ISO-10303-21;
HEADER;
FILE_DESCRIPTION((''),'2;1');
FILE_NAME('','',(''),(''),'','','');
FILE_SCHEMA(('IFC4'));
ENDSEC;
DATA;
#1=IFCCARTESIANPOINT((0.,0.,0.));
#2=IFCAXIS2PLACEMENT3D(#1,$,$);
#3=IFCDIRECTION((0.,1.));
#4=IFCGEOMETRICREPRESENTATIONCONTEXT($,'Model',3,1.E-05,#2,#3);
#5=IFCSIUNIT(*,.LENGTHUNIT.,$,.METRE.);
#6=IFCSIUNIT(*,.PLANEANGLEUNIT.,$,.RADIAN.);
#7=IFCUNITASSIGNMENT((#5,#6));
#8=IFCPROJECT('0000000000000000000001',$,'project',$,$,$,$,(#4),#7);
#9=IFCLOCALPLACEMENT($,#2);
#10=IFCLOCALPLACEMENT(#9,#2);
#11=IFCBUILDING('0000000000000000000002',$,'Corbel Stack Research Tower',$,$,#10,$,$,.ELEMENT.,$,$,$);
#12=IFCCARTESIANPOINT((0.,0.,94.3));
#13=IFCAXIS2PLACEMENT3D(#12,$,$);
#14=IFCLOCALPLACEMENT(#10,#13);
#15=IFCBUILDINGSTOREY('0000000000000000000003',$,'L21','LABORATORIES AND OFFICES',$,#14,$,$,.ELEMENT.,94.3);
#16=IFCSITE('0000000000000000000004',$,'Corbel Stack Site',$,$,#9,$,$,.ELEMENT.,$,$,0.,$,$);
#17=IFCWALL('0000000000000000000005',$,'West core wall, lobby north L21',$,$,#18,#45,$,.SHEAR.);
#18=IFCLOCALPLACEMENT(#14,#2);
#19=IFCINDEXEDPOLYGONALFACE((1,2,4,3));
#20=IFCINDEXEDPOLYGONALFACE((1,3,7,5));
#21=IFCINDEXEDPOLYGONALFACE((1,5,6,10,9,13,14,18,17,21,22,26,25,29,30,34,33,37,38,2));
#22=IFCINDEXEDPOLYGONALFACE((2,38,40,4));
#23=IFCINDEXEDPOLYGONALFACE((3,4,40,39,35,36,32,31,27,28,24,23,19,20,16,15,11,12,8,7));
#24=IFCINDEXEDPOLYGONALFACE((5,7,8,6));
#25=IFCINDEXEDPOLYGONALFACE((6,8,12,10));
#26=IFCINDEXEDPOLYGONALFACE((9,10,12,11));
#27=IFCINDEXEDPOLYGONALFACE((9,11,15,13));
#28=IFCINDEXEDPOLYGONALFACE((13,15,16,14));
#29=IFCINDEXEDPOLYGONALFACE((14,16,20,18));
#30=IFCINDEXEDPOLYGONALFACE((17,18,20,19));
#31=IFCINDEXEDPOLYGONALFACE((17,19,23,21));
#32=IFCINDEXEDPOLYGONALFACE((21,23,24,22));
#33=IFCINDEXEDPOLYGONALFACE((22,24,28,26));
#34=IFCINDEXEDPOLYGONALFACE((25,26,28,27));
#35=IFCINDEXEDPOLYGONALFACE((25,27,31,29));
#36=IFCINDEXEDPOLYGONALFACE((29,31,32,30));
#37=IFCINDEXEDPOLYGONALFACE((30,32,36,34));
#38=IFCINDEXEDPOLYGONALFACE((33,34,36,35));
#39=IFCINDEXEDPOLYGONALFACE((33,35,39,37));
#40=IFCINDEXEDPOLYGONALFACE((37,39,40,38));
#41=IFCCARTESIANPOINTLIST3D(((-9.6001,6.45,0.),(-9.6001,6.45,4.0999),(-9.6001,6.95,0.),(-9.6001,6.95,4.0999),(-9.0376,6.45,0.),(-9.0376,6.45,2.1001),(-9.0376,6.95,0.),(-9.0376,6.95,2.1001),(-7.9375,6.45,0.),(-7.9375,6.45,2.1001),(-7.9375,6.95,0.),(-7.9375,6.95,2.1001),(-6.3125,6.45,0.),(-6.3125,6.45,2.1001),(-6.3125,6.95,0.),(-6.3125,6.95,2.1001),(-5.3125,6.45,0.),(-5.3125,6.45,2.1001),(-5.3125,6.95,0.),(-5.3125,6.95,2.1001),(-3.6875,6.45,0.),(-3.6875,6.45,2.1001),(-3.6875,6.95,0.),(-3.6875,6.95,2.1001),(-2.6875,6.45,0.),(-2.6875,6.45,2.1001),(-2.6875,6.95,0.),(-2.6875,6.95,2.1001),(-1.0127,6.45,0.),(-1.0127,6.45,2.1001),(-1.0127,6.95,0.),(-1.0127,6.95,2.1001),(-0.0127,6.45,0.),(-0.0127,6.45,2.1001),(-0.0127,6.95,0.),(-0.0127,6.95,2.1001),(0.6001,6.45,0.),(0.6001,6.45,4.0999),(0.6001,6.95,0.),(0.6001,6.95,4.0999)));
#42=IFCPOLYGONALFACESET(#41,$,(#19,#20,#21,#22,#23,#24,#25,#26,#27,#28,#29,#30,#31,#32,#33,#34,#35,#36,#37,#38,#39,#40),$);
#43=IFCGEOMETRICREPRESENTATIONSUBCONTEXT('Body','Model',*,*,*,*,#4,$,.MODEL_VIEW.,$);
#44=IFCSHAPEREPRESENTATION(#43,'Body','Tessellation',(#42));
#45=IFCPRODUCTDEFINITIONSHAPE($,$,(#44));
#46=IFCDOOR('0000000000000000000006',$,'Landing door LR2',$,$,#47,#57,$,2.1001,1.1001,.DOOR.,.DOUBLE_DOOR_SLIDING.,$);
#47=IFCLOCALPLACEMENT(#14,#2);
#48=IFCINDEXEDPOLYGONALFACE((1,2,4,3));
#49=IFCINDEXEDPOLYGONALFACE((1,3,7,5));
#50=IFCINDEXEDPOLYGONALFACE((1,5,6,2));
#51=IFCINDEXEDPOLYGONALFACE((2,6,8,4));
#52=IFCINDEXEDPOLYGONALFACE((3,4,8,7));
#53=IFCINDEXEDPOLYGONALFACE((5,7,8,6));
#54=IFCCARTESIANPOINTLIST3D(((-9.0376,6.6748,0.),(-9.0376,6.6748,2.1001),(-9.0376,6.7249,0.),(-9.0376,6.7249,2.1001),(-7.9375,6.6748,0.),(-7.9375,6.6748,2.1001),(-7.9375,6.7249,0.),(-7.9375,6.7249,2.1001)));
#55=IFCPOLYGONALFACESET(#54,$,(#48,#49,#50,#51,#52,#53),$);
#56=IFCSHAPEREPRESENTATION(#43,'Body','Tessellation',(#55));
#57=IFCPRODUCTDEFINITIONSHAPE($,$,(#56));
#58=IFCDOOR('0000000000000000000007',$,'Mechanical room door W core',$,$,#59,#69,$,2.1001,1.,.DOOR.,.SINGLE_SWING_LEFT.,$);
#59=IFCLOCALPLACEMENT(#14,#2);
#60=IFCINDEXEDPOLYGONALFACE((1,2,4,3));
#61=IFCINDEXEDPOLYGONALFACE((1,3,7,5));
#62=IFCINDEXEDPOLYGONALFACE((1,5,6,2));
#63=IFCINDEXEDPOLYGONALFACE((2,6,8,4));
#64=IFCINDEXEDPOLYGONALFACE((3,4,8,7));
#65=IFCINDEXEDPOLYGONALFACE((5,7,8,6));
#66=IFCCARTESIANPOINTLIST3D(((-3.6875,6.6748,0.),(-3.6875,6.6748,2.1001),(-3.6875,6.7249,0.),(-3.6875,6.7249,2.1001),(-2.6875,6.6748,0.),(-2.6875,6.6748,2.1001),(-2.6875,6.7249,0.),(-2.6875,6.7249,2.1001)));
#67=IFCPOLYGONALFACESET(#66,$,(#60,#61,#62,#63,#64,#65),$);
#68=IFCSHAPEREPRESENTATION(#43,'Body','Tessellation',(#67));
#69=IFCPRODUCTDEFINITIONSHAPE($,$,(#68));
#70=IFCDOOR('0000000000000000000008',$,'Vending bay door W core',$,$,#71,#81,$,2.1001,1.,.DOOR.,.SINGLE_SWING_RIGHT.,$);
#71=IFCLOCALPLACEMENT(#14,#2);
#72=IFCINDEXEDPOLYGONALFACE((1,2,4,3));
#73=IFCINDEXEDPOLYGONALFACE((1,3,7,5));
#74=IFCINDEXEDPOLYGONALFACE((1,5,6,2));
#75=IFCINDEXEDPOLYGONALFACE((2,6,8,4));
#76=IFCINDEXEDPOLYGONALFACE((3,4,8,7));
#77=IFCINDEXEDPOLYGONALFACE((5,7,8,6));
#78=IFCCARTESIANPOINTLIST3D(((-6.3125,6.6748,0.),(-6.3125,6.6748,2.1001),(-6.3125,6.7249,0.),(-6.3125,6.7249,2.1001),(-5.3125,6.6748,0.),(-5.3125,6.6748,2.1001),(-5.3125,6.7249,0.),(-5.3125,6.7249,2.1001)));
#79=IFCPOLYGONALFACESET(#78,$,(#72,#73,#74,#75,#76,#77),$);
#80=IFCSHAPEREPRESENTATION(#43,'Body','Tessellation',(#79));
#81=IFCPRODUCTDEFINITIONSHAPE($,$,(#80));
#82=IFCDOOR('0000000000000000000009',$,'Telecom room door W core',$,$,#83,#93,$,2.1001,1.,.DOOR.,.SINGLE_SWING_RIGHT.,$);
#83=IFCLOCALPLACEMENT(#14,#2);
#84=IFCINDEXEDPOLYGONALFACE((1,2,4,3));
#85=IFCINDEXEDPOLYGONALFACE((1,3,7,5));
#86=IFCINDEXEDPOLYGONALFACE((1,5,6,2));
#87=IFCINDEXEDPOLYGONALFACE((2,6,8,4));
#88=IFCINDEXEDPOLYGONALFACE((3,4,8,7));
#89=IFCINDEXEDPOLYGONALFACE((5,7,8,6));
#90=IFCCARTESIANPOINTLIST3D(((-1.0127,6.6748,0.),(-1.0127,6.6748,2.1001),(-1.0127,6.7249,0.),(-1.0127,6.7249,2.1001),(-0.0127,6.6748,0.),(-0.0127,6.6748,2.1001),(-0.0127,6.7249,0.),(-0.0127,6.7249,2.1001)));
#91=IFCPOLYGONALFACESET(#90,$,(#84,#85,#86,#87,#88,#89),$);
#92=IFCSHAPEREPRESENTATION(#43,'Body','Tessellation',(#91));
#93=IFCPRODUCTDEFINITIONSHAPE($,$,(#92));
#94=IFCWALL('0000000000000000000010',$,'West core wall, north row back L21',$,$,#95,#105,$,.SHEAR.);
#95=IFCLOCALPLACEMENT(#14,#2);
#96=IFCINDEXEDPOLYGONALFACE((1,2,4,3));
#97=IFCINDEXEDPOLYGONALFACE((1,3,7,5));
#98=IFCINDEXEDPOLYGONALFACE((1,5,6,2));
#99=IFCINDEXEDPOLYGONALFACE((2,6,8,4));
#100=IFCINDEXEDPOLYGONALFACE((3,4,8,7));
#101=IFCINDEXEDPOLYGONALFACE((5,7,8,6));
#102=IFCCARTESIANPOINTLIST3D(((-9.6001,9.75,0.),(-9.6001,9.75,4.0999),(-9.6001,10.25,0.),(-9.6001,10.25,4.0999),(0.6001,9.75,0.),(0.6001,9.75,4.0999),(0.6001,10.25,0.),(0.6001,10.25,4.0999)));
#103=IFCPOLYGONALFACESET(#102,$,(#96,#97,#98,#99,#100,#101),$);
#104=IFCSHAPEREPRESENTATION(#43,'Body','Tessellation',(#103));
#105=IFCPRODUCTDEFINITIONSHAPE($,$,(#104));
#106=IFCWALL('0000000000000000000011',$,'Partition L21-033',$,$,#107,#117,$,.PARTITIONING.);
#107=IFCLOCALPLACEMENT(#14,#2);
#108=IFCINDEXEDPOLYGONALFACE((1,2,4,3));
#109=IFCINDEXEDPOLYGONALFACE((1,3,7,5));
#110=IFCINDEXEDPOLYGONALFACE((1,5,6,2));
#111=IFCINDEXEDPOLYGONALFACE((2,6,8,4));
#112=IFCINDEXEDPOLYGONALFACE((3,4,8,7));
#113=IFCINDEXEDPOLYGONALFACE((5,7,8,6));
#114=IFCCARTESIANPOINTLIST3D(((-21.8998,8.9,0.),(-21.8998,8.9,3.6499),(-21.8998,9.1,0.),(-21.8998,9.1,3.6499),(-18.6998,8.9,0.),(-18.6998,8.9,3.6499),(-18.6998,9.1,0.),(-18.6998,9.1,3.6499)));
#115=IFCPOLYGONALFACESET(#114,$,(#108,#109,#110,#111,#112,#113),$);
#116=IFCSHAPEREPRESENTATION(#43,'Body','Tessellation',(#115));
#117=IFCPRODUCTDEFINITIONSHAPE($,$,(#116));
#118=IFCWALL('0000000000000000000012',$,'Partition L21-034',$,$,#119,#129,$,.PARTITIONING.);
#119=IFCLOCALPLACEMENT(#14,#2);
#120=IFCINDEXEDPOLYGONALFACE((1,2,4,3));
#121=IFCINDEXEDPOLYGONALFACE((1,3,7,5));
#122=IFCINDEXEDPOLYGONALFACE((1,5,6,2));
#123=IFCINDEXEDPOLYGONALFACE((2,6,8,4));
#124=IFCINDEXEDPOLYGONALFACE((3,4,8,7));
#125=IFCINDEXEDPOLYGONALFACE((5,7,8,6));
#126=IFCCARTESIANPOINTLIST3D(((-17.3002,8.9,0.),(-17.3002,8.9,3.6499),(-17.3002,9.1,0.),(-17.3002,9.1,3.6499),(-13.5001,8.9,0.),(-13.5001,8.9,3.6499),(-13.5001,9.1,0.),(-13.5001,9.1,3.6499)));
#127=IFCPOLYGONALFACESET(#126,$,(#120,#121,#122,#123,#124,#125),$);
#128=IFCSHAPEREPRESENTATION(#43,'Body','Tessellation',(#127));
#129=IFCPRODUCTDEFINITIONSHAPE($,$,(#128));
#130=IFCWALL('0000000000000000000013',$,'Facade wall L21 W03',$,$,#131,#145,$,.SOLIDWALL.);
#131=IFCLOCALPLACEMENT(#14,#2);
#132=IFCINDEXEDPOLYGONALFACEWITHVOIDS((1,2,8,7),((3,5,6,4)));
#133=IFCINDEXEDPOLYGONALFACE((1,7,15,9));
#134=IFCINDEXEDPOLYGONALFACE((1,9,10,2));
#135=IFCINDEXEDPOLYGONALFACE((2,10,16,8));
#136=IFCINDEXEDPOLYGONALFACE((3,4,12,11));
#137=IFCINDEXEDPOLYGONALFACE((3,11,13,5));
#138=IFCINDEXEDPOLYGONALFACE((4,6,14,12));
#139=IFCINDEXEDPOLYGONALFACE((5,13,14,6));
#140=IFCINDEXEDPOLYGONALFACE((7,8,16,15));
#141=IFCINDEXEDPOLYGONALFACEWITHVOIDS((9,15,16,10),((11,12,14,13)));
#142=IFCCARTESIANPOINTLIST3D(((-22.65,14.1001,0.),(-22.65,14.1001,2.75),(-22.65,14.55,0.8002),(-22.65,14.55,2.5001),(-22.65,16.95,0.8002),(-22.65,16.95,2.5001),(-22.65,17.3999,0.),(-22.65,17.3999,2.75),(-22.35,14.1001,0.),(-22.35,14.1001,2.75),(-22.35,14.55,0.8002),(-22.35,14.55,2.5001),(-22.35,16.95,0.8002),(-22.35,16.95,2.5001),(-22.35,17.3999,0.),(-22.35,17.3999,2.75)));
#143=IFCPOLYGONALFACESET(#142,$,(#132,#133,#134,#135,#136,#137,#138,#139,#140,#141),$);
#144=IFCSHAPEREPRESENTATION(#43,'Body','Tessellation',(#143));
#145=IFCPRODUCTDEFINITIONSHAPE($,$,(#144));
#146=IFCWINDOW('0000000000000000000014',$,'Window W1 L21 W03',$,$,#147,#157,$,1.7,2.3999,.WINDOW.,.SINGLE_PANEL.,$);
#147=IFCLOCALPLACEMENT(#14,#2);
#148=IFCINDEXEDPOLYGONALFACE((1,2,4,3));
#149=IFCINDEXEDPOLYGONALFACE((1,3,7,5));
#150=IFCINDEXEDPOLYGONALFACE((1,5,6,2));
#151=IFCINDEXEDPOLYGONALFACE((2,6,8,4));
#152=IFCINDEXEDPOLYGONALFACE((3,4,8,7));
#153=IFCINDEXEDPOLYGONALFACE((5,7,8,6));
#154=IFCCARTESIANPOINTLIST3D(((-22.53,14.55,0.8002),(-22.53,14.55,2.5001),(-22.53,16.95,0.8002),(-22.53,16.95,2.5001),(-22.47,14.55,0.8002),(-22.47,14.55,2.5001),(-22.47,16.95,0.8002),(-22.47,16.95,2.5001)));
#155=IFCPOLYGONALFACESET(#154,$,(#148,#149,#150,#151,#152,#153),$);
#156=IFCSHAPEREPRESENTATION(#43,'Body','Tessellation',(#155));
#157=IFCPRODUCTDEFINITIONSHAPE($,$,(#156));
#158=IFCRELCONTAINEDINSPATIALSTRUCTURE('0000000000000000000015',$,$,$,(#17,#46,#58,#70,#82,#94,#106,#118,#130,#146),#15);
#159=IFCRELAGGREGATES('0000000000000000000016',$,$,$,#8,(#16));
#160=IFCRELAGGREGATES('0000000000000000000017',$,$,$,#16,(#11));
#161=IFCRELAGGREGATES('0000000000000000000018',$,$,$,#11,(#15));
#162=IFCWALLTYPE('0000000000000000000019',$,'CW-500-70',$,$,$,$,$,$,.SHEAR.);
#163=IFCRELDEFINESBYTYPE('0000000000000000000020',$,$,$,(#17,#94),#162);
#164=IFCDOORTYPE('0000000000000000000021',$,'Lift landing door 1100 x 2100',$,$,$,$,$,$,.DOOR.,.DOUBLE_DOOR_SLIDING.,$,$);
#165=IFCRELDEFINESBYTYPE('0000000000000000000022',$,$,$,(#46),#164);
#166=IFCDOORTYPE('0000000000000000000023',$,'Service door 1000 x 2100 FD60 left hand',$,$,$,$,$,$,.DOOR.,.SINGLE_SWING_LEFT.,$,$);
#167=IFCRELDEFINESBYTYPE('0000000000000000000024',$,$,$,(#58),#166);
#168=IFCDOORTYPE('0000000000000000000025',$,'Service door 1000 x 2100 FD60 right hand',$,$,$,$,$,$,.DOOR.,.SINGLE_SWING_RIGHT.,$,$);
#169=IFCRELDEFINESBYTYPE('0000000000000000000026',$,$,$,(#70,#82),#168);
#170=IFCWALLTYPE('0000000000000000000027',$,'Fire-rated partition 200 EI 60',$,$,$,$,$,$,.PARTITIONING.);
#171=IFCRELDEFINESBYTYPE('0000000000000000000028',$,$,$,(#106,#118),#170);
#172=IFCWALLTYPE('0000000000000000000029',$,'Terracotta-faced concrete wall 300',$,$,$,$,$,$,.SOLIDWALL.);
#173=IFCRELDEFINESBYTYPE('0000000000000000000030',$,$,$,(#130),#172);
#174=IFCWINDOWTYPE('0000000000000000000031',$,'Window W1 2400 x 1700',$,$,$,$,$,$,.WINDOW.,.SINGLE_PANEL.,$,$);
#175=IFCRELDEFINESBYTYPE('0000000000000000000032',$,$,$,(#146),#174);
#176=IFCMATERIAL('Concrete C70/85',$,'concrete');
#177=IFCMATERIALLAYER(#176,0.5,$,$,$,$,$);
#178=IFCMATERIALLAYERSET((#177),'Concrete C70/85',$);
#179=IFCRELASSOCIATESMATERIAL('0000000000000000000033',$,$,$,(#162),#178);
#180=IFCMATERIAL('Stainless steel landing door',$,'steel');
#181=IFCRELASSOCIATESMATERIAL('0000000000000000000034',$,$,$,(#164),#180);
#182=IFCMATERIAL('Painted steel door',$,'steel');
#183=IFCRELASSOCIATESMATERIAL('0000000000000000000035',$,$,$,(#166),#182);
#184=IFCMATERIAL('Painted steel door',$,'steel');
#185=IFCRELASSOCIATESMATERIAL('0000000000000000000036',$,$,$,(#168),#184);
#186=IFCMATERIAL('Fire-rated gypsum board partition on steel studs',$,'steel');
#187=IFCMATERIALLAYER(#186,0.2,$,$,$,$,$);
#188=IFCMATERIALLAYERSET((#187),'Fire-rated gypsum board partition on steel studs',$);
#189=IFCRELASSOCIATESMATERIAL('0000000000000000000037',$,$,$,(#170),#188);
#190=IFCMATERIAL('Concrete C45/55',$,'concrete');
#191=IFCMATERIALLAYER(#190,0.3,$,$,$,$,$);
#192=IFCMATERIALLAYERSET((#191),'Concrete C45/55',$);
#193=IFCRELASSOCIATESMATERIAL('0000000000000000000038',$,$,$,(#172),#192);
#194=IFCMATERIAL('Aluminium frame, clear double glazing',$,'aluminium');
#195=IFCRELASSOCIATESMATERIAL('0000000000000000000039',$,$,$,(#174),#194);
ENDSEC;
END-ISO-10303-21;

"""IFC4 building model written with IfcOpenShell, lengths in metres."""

from ifc_helpers import new_model, si_unit, direction, frame, frame_2d, origin, place, context, subcontext, project, spatial, rectangle, extrude, material, layer, layer_set, type_object, element, fill, save


model = new_model("IFC4")

# Units and contexts
model_context = context("Model", 3, precision=1e-05, world=origin(), true_north=direction((0.0, 1.0)))
body_context = subcontext(model_context, "Body", "Model", "MODEL_VIEW")
ifc_project = project(units=[si_unit("LENGTHUNIT", "METRE"), si_unit("PLANEANGLEUNIT", "RADIAN")], contexts=[model_context])

# Site, building, storey
site_placement = place(None, origin())
site = spatial("IfcSite", under=ifc_project, at=site_placement, Name="Corbel Stack Site", CompositionType="ELEMENT", RefElevation=0.0)
building_placement = place(site_placement, origin())
building = spatial("IfcBuilding", under=site, at=building_placement, Name="Corbel Stack Research Tower", CompositionType="ELEMENT")
storey_placement = place(building_placement, frame((0.0, 0.0, 94.3)))
storey = spatial("IfcBuildingStorey", under=building, at=storey_placement, Name="L21", Description="LABORATORIES AND OFFICES", CompositionType="ELEMENT", Elevation=94.3)

# Wall, openings, doors
ifc_material_1 = material(Name="Concrete C70/85", Category="concrete")
ifc_layer_1 = layer(ifc_material_1, 0.5)
ifc_layer_set_1 = layer_set([ifc_layer_1], Name="Concrete C70/85")
wall_type_1 = type_object("IfcWallType", Name="CW-500-70", PredefinedType="SHEAR", material=ifc_layer_set_1)
ifc_material_2 = material(Name="Stainless steel landing door", Category="steel")
door_type_1 = type_object("IfcDoorType", Name="Lift landing door 1100 x 2100", OperationType="DOUBLE_DOOR_SLIDING", PredefinedType="DOOR", material=ifc_material_2)
wall_1_placement = place(storey_placement, frame((-9.6001, 6.7, 0.0), z_axis=(0.0, 0.0, 1.0), x_axis=(1.0, 0.0, 0.0)))
wall_1 = element("IfcWall", 1, at=wall_1_placement, inside=storey, type_object=wall_type_1, Name="West core wall, lobby north L21", PredefinedType="SHEAR", context=body_context, shape_type="SweptSolid", body=[
    extrude(rectangle(XDim=10.2002, YDim=0.5, at=frame_2d((5.1001, 0.0))), origin(), (0.0, 0.0, 1.0), 4.0999),
])
opening_1_placement = place(wall_1_placement, frame((0.5625, 0.0, 0.0)))
opening_1 = element("IfcOpeningElement", 2, at=opening_1_placement, cuts=wall_1, PredefinedType="OPENING", context=body_context, shape_type="SweptSolid", body=[
    extrude(rectangle(XDim=1.1001, YDim=2.1001, at=frame_2d((0.55, 1.05))), frame((0.0, 0.26, 0.0), z_axis=(0.0, -1.0, 0.0), x_axis=(1.0, 0.0, 0.0)), (0.0, 0.0, 1.0), 0.52),
])
opening_2_placement = place(wall_1_placement, frame((3.2876, 0.0, 0.0)))
opening_2 = element("IfcOpeningElement", 3, at=opening_2_placement, cuts=wall_1, PredefinedType="OPENING", context=body_context, shape_type="SweptSolid", body=[
    extrude(rectangle(XDim=1.0, YDim=2.1001, at=frame_2d((0.5, 1.05))), frame((0.0, 0.26, 0.0), z_axis=(0.0, -1.0, 0.0), x_axis=(1.0, 0.0, 0.0)), (0.0, 0.0, 1.0), 0.52),
])
opening_3_placement = place(wall_1_placement, frame((5.9126, 0.0, 0.0)))
opening_3 = element("IfcOpeningElement", 4, at=opening_3_placement, cuts=wall_1, PredefinedType="OPENING", context=body_context, shape_type="SweptSolid", body=[
    extrude(rectangle(XDim=1.0, YDim=2.1001, at=frame_2d((0.5, 1.05))), frame((0.0, 0.26, 0.0), z_axis=(0.0, -1.0, 0.0), x_axis=(1.0, 0.0, 0.0)), (0.0, 0.0, 1.0), 0.52),
])
opening_4_placement = place(wall_1_placement, frame((8.5874, 0.0, 0.0)))
opening_4 = element("IfcOpeningElement", 5, at=opening_4_placement, cuts=wall_1, PredefinedType="OPENING", context=body_context, shape_type="SweptSolid", body=[
    extrude(rectangle(XDim=1.0, YDim=2.1001, at=frame_2d((0.5, 1.05))), frame((0.0, 0.26, 0.0), z_axis=(0.0, -1.0, 0.0), x_axis=(1.0, 0.0, 0.0)), (0.0, 0.0, 1.0), 0.52),
])
door_1_placement = place(opening_1_placement, origin())
door_1 = element("IfcDoor", 6, at=door_1_placement, inside=storey, type_object=door_type_1, Name="Landing door LR2", OperationType="DOUBLE_DOOR_SLIDING", OverallHeight=2.1001, OverallWidth=1.1001, PredefinedType="DOOR", context=body_context, shape_type="SweptSolid", body=[
    extrude(rectangle(XDim=1.1001, YDim=2.1001, at=frame_2d((0.55, 1.05))), frame((0.0, 0.0249, 0.0), z_axis=(0.0, -1.0, 0.0), x_axis=(1.0, 0.0, 0.0)), (0.0, 0.0, 1.0), 0.05),
])
fill(opening_1, door_1)
ifc_material_3 = material(Name="Painted steel door", Category="steel")
door_type_2 = type_object("IfcDoorType", Name="Service door 1000 x 2100 FD60 left hand", OperationType="SINGLE_SWING_LEFT", PredefinedType="DOOR", material=ifc_material_3)
door_2_placement = place(opening_3_placement, origin())
door_2 = element("IfcDoor", 7, at=door_2_placement, inside=storey, type_object=door_type_2, Name="Mechanical room door W core", OperationType="SINGLE_SWING_LEFT", OverallHeight=2.1001, OverallWidth=1.0, PredefinedType="DOOR", context=body_context, shape_type="SweptSolid", body=[
    extrude(rectangle(XDim=1.0, YDim=2.1001, at=frame_2d((0.5, 1.05))), frame((0.0, 0.0249, 0.0), z_axis=(0.0, -1.0, 0.0), x_axis=(1.0, 0.0, 0.0)), (0.0, 0.0, 1.0), 0.05),
])
fill(opening_3, door_2)
ifc_material_4 = material(Name="Painted steel door", Category="steel")
door_type_3 = type_object("IfcDoorType", Name="Service door 1000 x 2100 FD60 right hand", OperationType="SINGLE_SWING_RIGHT", PredefinedType="DOOR", material=ifc_material_4)
door_3_placement = place(opening_2_placement, origin())
door_3 = element("IfcDoor", 8, at=door_3_placement, inside=storey, type_object=door_type_3, Name="Vending bay door W core", OperationType="SINGLE_SWING_RIGHT", OverallHeight=2.1001, OverallWidth=1.0, PredefinedType="DOOR", context=body_context, shape_type="SweptSolid", body=[
    extrude(rectangle(XDim=1.0, YDim=2.1001, at=frame_2d((0.5, 1.05))), frame((0.0, 0.0249, 0.0), z_axis=(0.0, -1.0, 0.0), x_axis=(1.0, 0.0, 0.0)), (0.0, 0.0, 1.0), 0.05),
])
fill(opening_2, door_3)
door_4_placement = place(opening_4_placement, origin())
door_4 = element("IfcDoor", 9, at=door_4_placement, inside=storey, type_object=door_type_3, Name="Telecom room door W core", OperationType="SINGLE_SWING_RIGHT", OverallHeight=2.1001, OverallWidth=1.0, PredefinedType="DOOR", context=body_context, shape_type="SweptSolid", body=[
    extrude(rectangle(XDim=1.0, YDim=2.1001, at=frame_2d((0.5, 1.05))), frame((0.0, 0.0249, 0.0), z_axis=(0.0, -1.0, 0.0), x_axis=(1.0, 0.0, 0.0)), (0.0, 0.0, 1.0), 0.05),
])
fill(opening_4, door_4)

# Walls
wall_2_placement = place(storey_placement, frame((-9.6001, 10.0, 0.0), z_axis=(0.0, 0.0, 1.0), x_axis=(1.0, 0.0, 0.0)))
element("IfcWall", 10, at=wall_2_placement, inside=storey, type_object=wall_type_1, Name="West core wall, north row back L21", PredefinedType="SHEAR", context=body_context, shape_type="SweptSolid", body=[
    extrude(rectangle(XDim=10.2002, YDim=0.5, at=frame_2d((5.1001, 0.0))), origin(), (0.0, 0.0, 1.0), 4.0999),
])
ifc_material_5 = material(Name="Fire-rated gypsum board partition on steel studs", Category="steel")
ifc_layer_2 = layer(ifc_material_5, 0.2)
ifc_layer_set_2 = layer_set([ifc_layer_2], Name="Fire-rated gypsum board partition on steel studs")
wall_type_2 = type_object("IfcWallType", Name="Fire-rated partition 200 EI 60", PredefinedType="PARTITIONING", material=ifc_layer_set_2)
wall_3_placement = place(storey_placement, frame((-21.8999, 9.0, 0.0), z_axis=(0.0, 0.0, 1.0), x_axis=(1.0, 0.0, 0.0)))
element("IfcWall", 11, at=wall_3_placement, inside=storey, type_object=wall_type_2, Name="Partition L21-033", PredefinedType="PARTITIONING", context=body_context, shape_type="SweptSolid", body=[
    extrude(rectangle(XDim=3.2, YDim=0.2, at=frame_2d((1.6001, 0.0))), origin(), (0.0, 0.0, 1.0), 3.6499),
])
wall_4_placement = place(storey_placement, frame((-17.3, 9.0, 0.0), z_axis=(0.0, 0.0, 1.0), x_axis=(1.0, 0.0, 0.0)))
element("IfcWall", 12, at=wall_4_placement, inside=storey, type_object=wall_type_2, Name="Partition L21-034", PredefinedType="PARTITIONING", context=body_context, shape_type="SweptSolid", body=[
    extrude(rectangle(XDim=3.8, YDim=0.2, at=frame_2d((1.8999, 0.0))), origin(), (0.0, 0.0, 1.0), 3.6499),
])

# Wall, opening, window
ifc_material_6 = material(Name="Concrete C45/55", Category="concrete")
ifc_layer_3 = layer(ifc_material_6, 0.3)
ifc_layer_set_3 = layer_set([ifc_layer_3], Name="Concrete C45/55")
wall_type_3 = type_object("IfcWallType", Name="Terracotta-faced concrete wall 300", PredefinedType="SOLIDWALL", material=ifc_layer_set_3)
wall_5_placement = place(storey_placement, frame((-22.5, 14.1001, 0.0), z_axis=(0.0, 0.0, 1.0), x_axis=(0.0, 1.0, 0.0)))
wall_5 = element("IfcWall", 13, at=wall_5_placement, inside=storey, type_object=wall_type_3, Name="Facade wall L21 W03", PredefinedType="SOLIDWALL", context=body_context, shape_type="SweptSolid", body=[
    extrude(rectangle(XDim=3.2998, YDim=0.3, at=frame_2d((1.6499, 0.0))), origin(), (0.0, 0.0, 1.0), 2.75),
])
opening_5_placement = place(wall_5_placement, frame((0.45, 0.0, 0.8)))
opening_5 = element("IfcOpeningElement", 14, at=opening_5_placement, cuts=wall_5, PredefinedType="OPENING", context=body_context, shape_type="SweptSolid", body=[
    extrude(rectangle(XDim=2.3999, YDim=1.7, at=frame_2d((1.2, 0.8501))), frame((0.0, 0.1599, 0.0), z_axis=(0.0, -1.0, 0.0), x_axis=(1.0, 0.0, 0.0)), (0.0, 0.0, 1.0), 0.3201),
])
ifc_material_7 = material(Name="Aluminium frame, clear double glazing", Category="aluminium")
window_type = type_object("IfcWindowType", Name="Window W1 2400 x 1700", PartitioningType="SINGLE_PANEL", PredefinedType="WINDOW", material=ifc_material_7)
window_placement = place(opening_5_placement, origin())
window = element("IfcWindow", 15, at=window_placement, inside=storey, type_object=window_type, Name="Window W1 L21 W03", OverallHeight=1.7, OverallWidth=2.3999, PartitioningType="SINGLE_PANEL", PredefinedType="WINDOW", context=body_context, shape_type="SweptSolid", body=[
    extrude(rectangle(XDim=2.3999, YDim=1.7, at=frame_2d((1.2, 0.8501))), frame((0.0, 0.03, 0.0), z_axis=(0.0, -1.0, 0.0), x_axis=(1.0, 0.0, 0.0)), (0.0, 0.0, 1.0), 0.0601),
])
fill(opening_5, window)

save(model, "model.ifc")
